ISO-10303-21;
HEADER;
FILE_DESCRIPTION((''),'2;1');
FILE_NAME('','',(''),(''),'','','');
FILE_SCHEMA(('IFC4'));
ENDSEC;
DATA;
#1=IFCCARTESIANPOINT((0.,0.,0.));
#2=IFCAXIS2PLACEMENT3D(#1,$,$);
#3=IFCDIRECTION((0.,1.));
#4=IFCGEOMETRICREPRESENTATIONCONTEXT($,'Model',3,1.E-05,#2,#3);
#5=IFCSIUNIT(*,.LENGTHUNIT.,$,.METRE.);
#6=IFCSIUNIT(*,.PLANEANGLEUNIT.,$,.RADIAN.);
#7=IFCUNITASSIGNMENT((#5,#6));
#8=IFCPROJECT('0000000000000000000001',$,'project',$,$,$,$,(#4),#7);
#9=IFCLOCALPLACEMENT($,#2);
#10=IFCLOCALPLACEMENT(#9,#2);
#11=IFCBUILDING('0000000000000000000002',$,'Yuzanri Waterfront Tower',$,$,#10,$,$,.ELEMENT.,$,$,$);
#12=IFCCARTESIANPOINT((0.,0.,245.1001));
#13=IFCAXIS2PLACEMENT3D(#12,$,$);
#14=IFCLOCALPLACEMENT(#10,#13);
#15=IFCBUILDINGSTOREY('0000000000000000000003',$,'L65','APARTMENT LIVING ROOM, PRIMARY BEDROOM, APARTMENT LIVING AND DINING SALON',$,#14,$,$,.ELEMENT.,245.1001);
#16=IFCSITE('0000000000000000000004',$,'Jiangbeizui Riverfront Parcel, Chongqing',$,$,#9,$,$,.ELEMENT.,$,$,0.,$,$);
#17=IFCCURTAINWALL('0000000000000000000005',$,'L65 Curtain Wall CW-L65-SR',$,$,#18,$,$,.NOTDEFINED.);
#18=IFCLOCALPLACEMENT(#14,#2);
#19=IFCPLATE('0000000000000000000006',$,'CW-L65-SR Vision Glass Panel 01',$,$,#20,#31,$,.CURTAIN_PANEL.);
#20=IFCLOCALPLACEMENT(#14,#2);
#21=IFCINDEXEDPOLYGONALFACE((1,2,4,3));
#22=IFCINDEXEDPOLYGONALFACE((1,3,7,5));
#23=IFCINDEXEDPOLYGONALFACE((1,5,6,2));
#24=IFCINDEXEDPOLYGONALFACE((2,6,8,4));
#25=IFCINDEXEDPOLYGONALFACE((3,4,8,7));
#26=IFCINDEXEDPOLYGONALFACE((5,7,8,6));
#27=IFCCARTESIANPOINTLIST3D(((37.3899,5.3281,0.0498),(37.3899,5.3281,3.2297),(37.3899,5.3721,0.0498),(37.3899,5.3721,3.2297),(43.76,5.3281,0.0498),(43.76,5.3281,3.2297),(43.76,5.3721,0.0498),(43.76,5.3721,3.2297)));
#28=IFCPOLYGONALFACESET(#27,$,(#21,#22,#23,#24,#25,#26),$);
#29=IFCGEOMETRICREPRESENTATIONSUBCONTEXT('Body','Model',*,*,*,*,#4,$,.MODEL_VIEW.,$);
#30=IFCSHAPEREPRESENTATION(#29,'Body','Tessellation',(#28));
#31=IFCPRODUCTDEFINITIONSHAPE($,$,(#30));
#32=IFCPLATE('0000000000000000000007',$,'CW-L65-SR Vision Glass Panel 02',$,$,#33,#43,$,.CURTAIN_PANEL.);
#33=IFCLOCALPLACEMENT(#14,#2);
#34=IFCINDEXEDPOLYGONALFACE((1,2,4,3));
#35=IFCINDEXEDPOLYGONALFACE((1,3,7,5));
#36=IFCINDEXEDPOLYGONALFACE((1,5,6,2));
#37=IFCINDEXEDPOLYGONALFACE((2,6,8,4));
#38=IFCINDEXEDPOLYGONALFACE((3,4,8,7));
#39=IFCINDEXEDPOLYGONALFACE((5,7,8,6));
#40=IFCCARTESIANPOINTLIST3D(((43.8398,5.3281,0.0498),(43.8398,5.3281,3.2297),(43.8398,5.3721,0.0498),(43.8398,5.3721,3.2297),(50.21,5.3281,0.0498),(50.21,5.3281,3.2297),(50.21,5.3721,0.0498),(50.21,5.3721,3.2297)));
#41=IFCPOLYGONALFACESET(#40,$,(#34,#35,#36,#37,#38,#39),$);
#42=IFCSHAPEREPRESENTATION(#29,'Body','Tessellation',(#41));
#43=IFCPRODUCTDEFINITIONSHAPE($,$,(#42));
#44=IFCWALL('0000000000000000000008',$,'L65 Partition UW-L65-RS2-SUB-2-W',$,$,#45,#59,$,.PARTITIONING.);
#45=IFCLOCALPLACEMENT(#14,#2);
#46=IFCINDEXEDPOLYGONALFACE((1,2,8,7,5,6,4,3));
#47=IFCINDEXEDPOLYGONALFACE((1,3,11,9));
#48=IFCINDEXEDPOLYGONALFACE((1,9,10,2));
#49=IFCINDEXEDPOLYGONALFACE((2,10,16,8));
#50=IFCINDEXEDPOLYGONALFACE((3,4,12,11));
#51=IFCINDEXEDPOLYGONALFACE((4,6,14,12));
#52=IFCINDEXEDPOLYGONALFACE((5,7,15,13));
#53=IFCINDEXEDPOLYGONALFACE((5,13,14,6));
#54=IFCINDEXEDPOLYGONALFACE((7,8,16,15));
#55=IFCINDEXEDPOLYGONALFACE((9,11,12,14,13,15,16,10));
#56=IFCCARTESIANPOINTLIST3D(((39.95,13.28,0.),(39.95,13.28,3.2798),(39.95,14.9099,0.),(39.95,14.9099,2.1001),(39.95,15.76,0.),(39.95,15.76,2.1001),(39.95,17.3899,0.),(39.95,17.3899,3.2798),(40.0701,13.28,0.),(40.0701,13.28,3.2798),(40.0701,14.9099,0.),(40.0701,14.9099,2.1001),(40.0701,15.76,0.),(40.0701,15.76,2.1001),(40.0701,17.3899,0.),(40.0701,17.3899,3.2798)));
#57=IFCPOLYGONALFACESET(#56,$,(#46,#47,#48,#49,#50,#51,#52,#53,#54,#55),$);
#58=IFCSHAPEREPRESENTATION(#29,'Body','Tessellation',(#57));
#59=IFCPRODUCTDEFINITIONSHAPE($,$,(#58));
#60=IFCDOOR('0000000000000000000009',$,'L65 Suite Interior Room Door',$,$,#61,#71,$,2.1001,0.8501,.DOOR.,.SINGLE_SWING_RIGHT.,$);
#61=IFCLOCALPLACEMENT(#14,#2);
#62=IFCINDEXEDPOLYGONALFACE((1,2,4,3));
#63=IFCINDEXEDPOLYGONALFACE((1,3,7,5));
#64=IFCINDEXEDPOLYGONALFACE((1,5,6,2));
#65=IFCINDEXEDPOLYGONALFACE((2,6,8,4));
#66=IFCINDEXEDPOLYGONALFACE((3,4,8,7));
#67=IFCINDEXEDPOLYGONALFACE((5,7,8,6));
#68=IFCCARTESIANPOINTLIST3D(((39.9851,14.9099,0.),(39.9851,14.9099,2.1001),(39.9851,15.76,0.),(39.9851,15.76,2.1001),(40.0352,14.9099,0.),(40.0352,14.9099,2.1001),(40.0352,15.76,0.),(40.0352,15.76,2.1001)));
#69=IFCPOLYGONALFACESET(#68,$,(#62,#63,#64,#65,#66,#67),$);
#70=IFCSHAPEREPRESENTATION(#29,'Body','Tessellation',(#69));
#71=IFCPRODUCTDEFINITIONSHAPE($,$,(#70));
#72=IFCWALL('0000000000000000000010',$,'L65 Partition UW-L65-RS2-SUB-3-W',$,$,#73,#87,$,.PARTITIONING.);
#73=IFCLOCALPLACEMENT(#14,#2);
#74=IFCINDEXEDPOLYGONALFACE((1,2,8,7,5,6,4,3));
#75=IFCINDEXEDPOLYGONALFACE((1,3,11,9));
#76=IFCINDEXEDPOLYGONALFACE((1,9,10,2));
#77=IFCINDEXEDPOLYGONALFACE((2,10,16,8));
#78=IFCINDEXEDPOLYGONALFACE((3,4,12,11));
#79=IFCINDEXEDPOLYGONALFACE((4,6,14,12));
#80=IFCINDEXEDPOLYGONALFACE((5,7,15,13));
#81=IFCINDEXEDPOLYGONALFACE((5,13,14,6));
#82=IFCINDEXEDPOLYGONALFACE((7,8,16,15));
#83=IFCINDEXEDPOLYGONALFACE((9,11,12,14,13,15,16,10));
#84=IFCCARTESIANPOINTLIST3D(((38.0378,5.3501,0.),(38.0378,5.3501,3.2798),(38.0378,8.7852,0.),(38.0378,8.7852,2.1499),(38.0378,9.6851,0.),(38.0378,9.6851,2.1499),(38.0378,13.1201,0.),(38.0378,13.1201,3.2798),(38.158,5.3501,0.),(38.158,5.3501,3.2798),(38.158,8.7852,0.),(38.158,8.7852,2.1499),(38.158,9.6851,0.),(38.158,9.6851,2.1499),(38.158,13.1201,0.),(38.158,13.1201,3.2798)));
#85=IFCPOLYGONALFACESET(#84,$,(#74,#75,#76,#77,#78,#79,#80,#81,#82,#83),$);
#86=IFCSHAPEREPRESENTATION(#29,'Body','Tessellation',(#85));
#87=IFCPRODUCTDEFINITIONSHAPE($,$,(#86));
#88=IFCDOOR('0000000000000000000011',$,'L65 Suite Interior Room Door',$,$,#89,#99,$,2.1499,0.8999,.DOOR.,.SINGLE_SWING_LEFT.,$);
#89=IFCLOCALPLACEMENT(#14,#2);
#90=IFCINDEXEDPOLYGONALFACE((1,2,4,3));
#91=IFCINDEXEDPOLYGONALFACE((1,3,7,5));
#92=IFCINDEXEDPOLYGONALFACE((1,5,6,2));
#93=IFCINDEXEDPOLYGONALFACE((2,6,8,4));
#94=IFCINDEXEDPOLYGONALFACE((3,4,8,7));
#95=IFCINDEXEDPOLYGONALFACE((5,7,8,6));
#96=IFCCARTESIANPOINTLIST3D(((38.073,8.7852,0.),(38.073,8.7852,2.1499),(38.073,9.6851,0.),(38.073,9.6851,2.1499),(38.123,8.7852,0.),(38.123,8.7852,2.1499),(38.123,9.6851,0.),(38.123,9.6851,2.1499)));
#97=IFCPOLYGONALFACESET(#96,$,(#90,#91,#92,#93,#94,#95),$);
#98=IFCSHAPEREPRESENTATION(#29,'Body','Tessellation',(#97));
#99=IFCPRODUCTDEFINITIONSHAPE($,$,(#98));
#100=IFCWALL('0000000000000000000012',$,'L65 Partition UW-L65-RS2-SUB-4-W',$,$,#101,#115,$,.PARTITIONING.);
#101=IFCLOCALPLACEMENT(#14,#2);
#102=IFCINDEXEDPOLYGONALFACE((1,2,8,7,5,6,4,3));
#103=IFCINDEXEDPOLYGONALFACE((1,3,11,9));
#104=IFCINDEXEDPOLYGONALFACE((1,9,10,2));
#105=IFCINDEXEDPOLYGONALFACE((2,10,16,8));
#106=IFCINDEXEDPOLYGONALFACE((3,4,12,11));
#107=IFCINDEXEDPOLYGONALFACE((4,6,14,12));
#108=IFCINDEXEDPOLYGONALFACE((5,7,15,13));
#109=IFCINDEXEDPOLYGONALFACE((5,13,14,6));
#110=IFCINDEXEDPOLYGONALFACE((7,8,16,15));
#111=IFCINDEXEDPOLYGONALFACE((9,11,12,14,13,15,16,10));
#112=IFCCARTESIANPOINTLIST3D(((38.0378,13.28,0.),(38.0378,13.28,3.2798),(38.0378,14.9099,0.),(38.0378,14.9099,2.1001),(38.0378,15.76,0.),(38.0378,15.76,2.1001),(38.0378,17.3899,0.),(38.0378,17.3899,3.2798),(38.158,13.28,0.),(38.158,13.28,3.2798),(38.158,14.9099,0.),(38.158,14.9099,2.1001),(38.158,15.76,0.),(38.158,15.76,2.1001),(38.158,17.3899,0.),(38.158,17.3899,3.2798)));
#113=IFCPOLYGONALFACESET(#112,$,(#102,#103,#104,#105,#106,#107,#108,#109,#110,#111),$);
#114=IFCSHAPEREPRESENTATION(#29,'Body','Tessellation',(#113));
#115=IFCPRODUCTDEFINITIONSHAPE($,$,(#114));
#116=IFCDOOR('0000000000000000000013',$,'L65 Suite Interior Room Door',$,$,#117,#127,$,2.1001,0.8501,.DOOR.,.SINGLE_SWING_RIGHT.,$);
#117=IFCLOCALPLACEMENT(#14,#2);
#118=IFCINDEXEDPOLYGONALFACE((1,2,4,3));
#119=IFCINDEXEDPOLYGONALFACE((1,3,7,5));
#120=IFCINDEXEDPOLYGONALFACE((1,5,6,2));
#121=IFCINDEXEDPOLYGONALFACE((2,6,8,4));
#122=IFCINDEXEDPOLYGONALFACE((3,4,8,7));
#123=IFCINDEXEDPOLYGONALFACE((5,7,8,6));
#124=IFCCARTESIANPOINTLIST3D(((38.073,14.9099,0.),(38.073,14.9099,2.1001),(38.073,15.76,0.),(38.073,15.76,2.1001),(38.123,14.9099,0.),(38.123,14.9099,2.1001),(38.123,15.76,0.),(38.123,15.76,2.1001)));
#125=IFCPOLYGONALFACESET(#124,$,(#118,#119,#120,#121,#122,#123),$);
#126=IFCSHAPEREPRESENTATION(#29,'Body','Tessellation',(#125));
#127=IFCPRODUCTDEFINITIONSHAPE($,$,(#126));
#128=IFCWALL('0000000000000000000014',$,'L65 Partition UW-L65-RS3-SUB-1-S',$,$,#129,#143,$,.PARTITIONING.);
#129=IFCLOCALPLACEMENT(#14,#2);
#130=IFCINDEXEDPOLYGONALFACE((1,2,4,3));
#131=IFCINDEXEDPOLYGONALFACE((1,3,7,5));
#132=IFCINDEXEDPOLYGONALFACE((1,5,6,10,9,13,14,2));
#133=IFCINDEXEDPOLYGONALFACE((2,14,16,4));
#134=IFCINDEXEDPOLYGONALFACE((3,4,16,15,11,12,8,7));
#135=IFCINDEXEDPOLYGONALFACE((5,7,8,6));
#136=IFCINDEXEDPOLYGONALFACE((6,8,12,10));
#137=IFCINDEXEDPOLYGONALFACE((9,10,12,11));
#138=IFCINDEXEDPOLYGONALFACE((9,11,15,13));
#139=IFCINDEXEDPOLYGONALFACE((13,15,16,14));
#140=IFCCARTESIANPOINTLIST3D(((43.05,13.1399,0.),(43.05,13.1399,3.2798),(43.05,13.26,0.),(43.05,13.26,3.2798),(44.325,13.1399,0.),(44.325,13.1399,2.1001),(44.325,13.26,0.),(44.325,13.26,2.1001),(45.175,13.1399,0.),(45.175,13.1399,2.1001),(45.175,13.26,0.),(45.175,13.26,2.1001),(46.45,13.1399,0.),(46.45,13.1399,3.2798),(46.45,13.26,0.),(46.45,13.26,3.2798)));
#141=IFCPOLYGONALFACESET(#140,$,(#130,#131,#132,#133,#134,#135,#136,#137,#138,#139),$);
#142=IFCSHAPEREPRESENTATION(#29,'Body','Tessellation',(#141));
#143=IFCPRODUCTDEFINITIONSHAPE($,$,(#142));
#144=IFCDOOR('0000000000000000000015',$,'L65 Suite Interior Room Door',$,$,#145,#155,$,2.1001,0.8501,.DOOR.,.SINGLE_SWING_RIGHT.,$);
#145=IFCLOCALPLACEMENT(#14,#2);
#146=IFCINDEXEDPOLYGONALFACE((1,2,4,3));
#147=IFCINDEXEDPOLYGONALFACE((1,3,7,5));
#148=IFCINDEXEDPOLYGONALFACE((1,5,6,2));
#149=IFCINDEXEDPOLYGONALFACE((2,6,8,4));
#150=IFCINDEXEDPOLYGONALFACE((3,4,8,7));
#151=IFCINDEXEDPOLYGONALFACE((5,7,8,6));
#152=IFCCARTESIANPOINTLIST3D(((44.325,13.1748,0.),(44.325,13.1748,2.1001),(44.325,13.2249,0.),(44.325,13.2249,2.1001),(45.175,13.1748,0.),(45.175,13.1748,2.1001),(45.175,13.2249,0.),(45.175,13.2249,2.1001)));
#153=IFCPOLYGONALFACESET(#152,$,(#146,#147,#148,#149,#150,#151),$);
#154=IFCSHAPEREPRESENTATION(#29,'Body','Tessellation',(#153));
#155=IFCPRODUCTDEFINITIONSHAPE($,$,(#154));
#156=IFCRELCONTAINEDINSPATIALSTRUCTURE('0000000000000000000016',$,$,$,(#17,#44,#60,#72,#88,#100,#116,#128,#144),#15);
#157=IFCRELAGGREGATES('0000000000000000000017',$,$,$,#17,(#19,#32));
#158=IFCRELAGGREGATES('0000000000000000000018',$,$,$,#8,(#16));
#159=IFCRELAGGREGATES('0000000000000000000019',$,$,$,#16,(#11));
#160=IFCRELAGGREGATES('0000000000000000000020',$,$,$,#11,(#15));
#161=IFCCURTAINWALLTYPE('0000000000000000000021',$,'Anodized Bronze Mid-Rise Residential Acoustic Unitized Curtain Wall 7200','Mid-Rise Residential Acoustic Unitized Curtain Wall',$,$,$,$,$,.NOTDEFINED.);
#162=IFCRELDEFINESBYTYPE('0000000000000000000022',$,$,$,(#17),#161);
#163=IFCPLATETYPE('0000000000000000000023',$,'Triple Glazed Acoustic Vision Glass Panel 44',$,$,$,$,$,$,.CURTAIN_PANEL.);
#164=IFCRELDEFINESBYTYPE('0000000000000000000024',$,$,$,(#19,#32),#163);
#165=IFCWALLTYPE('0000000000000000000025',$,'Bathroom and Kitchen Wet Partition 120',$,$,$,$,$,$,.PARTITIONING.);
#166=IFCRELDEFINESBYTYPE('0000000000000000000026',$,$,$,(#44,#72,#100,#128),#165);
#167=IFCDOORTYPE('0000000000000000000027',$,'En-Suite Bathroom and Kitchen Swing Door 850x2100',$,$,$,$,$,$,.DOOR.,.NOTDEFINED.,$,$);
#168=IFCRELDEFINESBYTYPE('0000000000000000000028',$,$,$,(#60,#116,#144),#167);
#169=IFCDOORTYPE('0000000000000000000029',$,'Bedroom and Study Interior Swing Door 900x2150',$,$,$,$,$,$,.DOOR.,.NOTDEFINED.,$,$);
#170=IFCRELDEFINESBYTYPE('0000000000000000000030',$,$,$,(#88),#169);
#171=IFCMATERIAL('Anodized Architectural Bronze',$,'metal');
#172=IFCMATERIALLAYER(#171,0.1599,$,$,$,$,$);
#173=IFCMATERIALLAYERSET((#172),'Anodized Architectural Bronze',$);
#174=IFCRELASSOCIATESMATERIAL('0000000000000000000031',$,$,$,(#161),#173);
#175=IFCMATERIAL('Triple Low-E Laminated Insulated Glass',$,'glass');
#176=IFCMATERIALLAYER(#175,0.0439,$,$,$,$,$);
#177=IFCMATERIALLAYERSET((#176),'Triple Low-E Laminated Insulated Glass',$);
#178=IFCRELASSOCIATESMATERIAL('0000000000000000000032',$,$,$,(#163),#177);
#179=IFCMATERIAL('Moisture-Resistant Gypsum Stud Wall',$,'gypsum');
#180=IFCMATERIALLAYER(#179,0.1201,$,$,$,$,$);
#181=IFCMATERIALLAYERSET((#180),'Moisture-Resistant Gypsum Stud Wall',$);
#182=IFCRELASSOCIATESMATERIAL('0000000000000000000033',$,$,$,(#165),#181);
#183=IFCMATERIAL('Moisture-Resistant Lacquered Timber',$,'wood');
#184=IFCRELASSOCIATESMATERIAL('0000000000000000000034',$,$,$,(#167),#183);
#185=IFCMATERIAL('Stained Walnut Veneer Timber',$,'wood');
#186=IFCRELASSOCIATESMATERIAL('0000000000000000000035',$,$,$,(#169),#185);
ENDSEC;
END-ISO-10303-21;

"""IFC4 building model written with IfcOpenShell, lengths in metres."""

from ifc_helpers import new_model, si_unit, direction, frame, frame_2d, origin, origin_2d, place, context, subcontext, project, spatial, rectangle, extrude, source, transform, mapped, material, layer, layer_set, type_object, element, fill, aggregate, save


model = new_model("IFC4")

# Units and contexts
model_context = context("Model", 3, precision=1e-05, world=origin(), true_north=direction((0.0, 1.0)))
body_context = subcontext(model_context, "Body", "Model", "MODEL_VIEW")
ifc_project = project(units=[si_unit("LENGTHUNIT", "METRE"), si_unit("PLANEANGLEUNIT", "RADIAN")], contexts=[model_context])

# Site, building, storey
site_placement = place(None, origin())
site = spatial("IfcSite", under=ifc_project, at=site_placement, Name="Jiangbeizui Riverfront Parcel, Chongqing", CompositionType="ELEMENT", RefElevation=0.0)
building_placement = place(site_placement, origin())
building = spatial("IfcBuilding", under=site, at=building_placement, Name="Yuzanri Waterfront Tower", CompositionType="ELEMENT")
storey_placement = place(building_placement, frame((0.0, 0.0, 245.1001)))
storey = spatial("IfcBuildingStorey", under=building, at=storey_placement, Name="L65", Description="APARTMENT LIVING ROOM, PRIMARY BEDROOM, APARTMENT LIVING AND DINING SALON", CompositionType="ELEMENT", Elevation=245.1001)

# Curtain wall, plates
ifc_material_1 = material(Name="Anodized Architectural Bronze", Category="metal")
ifc_layer_1 = layer(ifc_material_1, 0.1599)
ifc_layer_set_1 = layer_set([ifc_layer_1], Name="Anodized Architectural Bronze")
curtain_wall_type = type_object("IfcCurtainWallType", Name="Anodized Bronze Mid-Rise Residential Acoustic Unitized Curtain Wall 7200", Description="Mid-Rise Residential Acoustic Unitized Curtain Wall", PredefinedType="NOTDEFINED", material=ifc_layer_set_1)
curtain_wall_placement = place(storey_placement, origin())
curtain_wall = element("IfcCurtainWall", 1, at=curtain_wall_placement, inside=storey, type_object=curtain_wall_type, Name="L65 Curtain Wall CW-L65-SR", PredefinedType="NOTDEFINED")
ifc_material_2 = material(Name="Triple Low-E Laminated Insulated Glass", Category="glass")
ifc_layer_2 = layer(ifc_material_2, 0.0439)
ifc_layer_set_2 = layer_set([ifc_layer_2], Name="Triple Low-E Laminated Insulated Glass")
plate_type = type_object("IfcPlateType", Name="Triple Glazed Acoustic Vision Glass Panel 44", PredefinedType="CURTAIN_PANEL", material=ifc_layer_set_2)
shared_shape_1 = source(origin(), body_context, "Body", "SweptSolid", [
    extrude(rectangle(XDim=6.3701, YDim=0.0439, at=origin_2d()), origin(), (0.0, 0.0, 1.0), 3.1799),
])
plate_1_placement = place(storey_placement, frame((40.575, 5.3501, 0.0498), z_axis=(0.0, 0.0, 1.0), x_axis=(1.0, 0.0, 0.0)))
plate_1 = element("IfcPlate", 2, at=plate_1_placement, type_object=plate_type, Name="CW-L65-SR Vision Glass Panel 01", PredefinedType="CURTAIN_PANEL", context=body_context, shape_type="MappedRepresentation", body=[
    mapped(shared_shape_1, transform((0.0, 0.0, 0.0), scale=1.0)),
])
plate_2_placement = place(storey_placement, frame((47.0249, 5.3501, 0.0498), z_axis=(0.0, 0.0, 1.0), x_axis=(1.0, 0.0, 0.0)))
plate_2 = element("IfcPlate", 3, at=plate_2_placement, type_object=plate_type, Name="CW-L65-SR Vision Glass Panel 02", PredefinedType="CURTAIN_PANEL", context=body_context, shape_type="MappedRepresentation", body=[
    mapped(shared_shape_1, transform((0.0, 0.0, 0.0), scale=1.0)),
])
aggregate(curtain_wall, [plate_1, plate_2])

# Walls, openings, doors
ifc_material_3 = material(Name="Moisture-Resistant Gypsum Stud Wall", Category="gypsum")
ifc_layer_3 = layer(ifc_material_3, 0.1201)
ifc_layer_set_3 = layer_set([ifc_layer_3], Name="Moisture-Resistant Gypsum Stud Wall")
wall_type_1 = type_object("IfcWallType", Name="Bathroom and Kitchen Wet Partition 120", PredefinedType="PARTITIONING", material=ifc_layer_set_3)
wall_1_placement = place(storey_placement, frame((40.01, 13.28, 0.0), z_axis=(0.0, 0.0, 1.0), x_axis=(0.0, 1.0, 0.0)))
wall_1 = element("IfcWall", 4, at=wall_1_placement, inside=storey, type_object=wall_type_1, Name="L65 Partition UW-L65-RS2-SUB-2-W", PredefinedType="PARTITIONING", context=body_context, shape_type="SweptSolid", body=[
    extrude(rectangle(XDim=4.1099, YDim=0.1201, at=frame_2d((2.0549, 0.0))), origin(), (0.0, 0.0, 1.0), 3.2798),
])
opening_1_placement = place(wall_1_placement, frame((1.6299, 0.0, 0.0)))
opening_1 = element("IfcOpeningElement", 5, at=opening_1_placement, cuts=wall_1, PredefinedType="OPENING", context=body_context, shape_type="SweptSolid", body=[
    extrude(rectangle(XDim=0.8501, YDim=2.1001, at=frame_2d((0.425, 1.05))), frame((0.0, 0.075, 0.0), z_axis=(0.0, -1.0, 0.0), x_axis=(1.0, 0.0, 0.0)), (0.0, 0.0, 1.0), 0.1499),
])
ifc_material_4 = material(Name="Moisture-Resistant Lacquered Timber", Category="wood")
door_type_1 = type_object("IfcDoorType", Name="En-Suite Bathroom and Kitchen Swing Door 850x2100", OperationType="NOTDEFINED", PredefinedType="DOOR", material=ifc_material_4)
shared_shape_2 = source(origin(), body_context, "Body", "SweptSolid", [
    extrude(rectangle(XDim=0.8501, YDim=2.1001, at=frame_2d((0.425, 1.05))), frame((0.0, 0.0249, 0.0), z_axis=(0.0, -1.0, 0.0), x_axis=(1.0, 0.0, 0.0)), (0.0, 0.0, 1.0), 0.05),
])
door_1_placement = place(opening_1_placement, origin())
door_1 = element("IfcDoor", 6, at=door_1_placement, inside=storey, type_object=door_type_1, Name="L65 Suite Interior Room Door", OperationType="SINGLE_SWING_RIGHT", OverallHeight=2.1001, OverallWidth=0.8501, PredefinedType="DOOR", context=body_context, shape_type="MappedRepresentation", body=[
    mapped(shared_shape_2, transform((0.0, 0.0, 0.0), scale=1.0)),
])
fill(opening_1, door_1)
wall_2_placement = place(storey_placement, frame((38.0979, 5.3501, 0.0), z_axis=(0.0, 0.0, 1.0), x_axis=(0.0, 1.0, 0.0)))
wall_2 = element("IfcWall", 7, at=wall_2_placement, inside=storey, type_object=wall_type_1, Name="L65 Partition UW-L65-RS2-SUB-3-W", PredefinedType="PARTITIONING", context=body_context, shape_type="SweptSolid", body=[
    extrude(rectangle(XDim=7.77, YDim=0.1201, at=frame_2d((3.885, 0.0))), origin(), (0.0, 0.0, 1.0), 3.2798),
])
opening_2_placement = place(wall_2_placement, frame((3.4351, 0.0, 0.0)))
opening_2 = element("IfcOpeningElement", 8, at=opening_2_placement, cuts=wall_2, PredefinedType="OPENING", context=body_context, shape_type="SweptSolid", body=[
    extrude(rectangle(XDim=0.8999, YDim=2.1499, at=frame_2d((0.45, 1.075))), frame((0.0, 0.075, 0.0), z_axis=(0.0, -1.0, 0.0), x_axis=(1.0, 0.0, 0.0)), (0.0, 0.0, 1.0), 0.1499),
])
ifc_material_5 = material(Name="Stained Walnut Veneer Timber", Category="wood")
door_type_2 = type_object("IfcDoorType", Name="Bedroom and Study Interior Swing Door 900x2150", OperationType="NOTDEFINED", PredefinedType="DOOR", material=ifc_material_5)
shared_shape_3 = source(origin(), body_context, "Body", "SweptSolid", [
    extrude(rectangle(XDim=0.8999, YDim=2.1499, at=frame_2d((0.45, 1.075))), frame((0.0, 0.0249, 0.0), z_axis=(0.0, -1.0, 0.0), x_axis=(1.0, 0.0, 0.0)), (0.0, 0.0, 1.0), 0.05),
])
door_2_placement = place(opening_2_placement, origin())
door_2 = element("IfcDoor", 9, at=door_2_placement, inside=storey, type_object=door_type_2, Name="L65 Suite Interior Room Door", OperationType="SINGLE_SWING_LEFT", OverallHeight=2.1499, OverallWidth=0.8999, PredefinedType="DOOR", context=body_context, shape_type="MappedRepresentation", body=[
    mapped(shared_shape_3, transform((0.0, 0.0, 0.0), scale=1.0)),
])
fill(opening_2, door_2)
wall_3_placement = place(storey_placement, frame((38.0979, 13.28, 0.0), z_axis=(0.0, 0.0, 1.0), x_axis=(0.0, 1.0, 0.0)))
wall_3 = element("IfcWall", 10, at=wall_3_placement, inside=storey, type_object=wall_type_1, Name="L65 Partition UW-L65-RS2-SUB-4-W", PredefinedType="PARTITIONING", context=body_context, shape_type="SweptSolid", body=[
    extrude(rectangle(XDim=4.1099, YDim=0.1201, at=frame_2d((2.0549, 0.0))), origin(), (0.0, 0.0, 1.0), 3.2798),
])
opening_3_placement = place(wall_3_placement, frame((1.6299, 0.0, 0.0)))
opening_3 = element("IfcOpeningElement", 11, at=opening_3_placement, cuts=wall_3, PredefinedType="OPENING", context=body_context, shape_type="SweptSolid", body=[
    extrude(rectangle(XDim=0.8501, YDim=2.1001, at=frame_2d((0.425, 1.05))), frame((0.0, 0.075, 0.0), z_axis=(0.0, -1.0, 0.0), x_axis=(1.0, 0.0, 0.0)), (0.0, 0.0, 1.0), 0.1499),
])
door_3_placement = place(opening_3_placement, origin())
door_3 = element("IfcDoor", 12, at=door_3_placement, inside=storey, type_object=door_type_1, Name="L65 Suite Interior Room Door", OperationType="SINGLE_SWING_RIGHT", OverallHeight=2.1001, OverallWidth=0.8501, PredefinedType="DOOR", context=body_context, shape_type="MappedRepresentation", body=[
    mapped(shared_shape_2, transform((0.0, 0.0, 0.0), scale=1.0)),
])
fill(opening_3, door_3)
wall_4_placement = place(storey_placement, frame((43.05, 13.2, 0.0), z_axis=(0.0, 0.0, 1.0), x_axis=(1.0, 0.0, 0.0)))
wall_4 = element("IfcWall", 13, at=wall_4_placement, inside=storey, type_object=wall_type_1, Name="L65 Partition UW-L65-RS3-SUB-1-S", PredefinedType="PARTITIONING", context=body_context, shape_type="SweptSolid", body=[
    extrude(rectangle(XDim=3.3999, YDim=0.1201, at=frame_2d((1.7, 0.0))), origin(), (0.0, 0.0, 1.0), 3.2798),
])
opening_4_placement = place(wall_4_placement, frame((1.2749, 0.0, 0.0)))
opening_4 = element("IfcOpeningElement", 14, at=opening_4_placement, cuts=wall_4, PredefinedType="OPENING", context=body_context, shape_type="SweptSolid", body=[
    extrude(rectangle(XDim=0.8501, YDim=2.1001, at=frame_2d((0.425, 1.05))), frame((0.0, 0.075, 0.0), z_axis=(0.0, -1.0, 0.0), x_axis=(1.0, 0.0, 0.0)), (0.0, 0.0, 1.0), 0.1499),
])
door_4_placement = place(opening_4_placement, origin())
door_4 = element("IfcDoor", 15, at=door_4_placement, inside=storey, type_object=door_type_1, Name="L65 Suite Interior Room Door", OperationType="SINGLE_SWING_RIGHT", OverallHeight=2.1001, OverallWidth=0.8501, PredefinedType="DOOR", context=body_context, shape_type="MappedRepresentation", body=[
    mapped(shared_shape_2, transform((0.0, 0.0, 0.0), scale=1.0)),
])
fill(opening_4, door_4)

save(model, "model.ifc")
